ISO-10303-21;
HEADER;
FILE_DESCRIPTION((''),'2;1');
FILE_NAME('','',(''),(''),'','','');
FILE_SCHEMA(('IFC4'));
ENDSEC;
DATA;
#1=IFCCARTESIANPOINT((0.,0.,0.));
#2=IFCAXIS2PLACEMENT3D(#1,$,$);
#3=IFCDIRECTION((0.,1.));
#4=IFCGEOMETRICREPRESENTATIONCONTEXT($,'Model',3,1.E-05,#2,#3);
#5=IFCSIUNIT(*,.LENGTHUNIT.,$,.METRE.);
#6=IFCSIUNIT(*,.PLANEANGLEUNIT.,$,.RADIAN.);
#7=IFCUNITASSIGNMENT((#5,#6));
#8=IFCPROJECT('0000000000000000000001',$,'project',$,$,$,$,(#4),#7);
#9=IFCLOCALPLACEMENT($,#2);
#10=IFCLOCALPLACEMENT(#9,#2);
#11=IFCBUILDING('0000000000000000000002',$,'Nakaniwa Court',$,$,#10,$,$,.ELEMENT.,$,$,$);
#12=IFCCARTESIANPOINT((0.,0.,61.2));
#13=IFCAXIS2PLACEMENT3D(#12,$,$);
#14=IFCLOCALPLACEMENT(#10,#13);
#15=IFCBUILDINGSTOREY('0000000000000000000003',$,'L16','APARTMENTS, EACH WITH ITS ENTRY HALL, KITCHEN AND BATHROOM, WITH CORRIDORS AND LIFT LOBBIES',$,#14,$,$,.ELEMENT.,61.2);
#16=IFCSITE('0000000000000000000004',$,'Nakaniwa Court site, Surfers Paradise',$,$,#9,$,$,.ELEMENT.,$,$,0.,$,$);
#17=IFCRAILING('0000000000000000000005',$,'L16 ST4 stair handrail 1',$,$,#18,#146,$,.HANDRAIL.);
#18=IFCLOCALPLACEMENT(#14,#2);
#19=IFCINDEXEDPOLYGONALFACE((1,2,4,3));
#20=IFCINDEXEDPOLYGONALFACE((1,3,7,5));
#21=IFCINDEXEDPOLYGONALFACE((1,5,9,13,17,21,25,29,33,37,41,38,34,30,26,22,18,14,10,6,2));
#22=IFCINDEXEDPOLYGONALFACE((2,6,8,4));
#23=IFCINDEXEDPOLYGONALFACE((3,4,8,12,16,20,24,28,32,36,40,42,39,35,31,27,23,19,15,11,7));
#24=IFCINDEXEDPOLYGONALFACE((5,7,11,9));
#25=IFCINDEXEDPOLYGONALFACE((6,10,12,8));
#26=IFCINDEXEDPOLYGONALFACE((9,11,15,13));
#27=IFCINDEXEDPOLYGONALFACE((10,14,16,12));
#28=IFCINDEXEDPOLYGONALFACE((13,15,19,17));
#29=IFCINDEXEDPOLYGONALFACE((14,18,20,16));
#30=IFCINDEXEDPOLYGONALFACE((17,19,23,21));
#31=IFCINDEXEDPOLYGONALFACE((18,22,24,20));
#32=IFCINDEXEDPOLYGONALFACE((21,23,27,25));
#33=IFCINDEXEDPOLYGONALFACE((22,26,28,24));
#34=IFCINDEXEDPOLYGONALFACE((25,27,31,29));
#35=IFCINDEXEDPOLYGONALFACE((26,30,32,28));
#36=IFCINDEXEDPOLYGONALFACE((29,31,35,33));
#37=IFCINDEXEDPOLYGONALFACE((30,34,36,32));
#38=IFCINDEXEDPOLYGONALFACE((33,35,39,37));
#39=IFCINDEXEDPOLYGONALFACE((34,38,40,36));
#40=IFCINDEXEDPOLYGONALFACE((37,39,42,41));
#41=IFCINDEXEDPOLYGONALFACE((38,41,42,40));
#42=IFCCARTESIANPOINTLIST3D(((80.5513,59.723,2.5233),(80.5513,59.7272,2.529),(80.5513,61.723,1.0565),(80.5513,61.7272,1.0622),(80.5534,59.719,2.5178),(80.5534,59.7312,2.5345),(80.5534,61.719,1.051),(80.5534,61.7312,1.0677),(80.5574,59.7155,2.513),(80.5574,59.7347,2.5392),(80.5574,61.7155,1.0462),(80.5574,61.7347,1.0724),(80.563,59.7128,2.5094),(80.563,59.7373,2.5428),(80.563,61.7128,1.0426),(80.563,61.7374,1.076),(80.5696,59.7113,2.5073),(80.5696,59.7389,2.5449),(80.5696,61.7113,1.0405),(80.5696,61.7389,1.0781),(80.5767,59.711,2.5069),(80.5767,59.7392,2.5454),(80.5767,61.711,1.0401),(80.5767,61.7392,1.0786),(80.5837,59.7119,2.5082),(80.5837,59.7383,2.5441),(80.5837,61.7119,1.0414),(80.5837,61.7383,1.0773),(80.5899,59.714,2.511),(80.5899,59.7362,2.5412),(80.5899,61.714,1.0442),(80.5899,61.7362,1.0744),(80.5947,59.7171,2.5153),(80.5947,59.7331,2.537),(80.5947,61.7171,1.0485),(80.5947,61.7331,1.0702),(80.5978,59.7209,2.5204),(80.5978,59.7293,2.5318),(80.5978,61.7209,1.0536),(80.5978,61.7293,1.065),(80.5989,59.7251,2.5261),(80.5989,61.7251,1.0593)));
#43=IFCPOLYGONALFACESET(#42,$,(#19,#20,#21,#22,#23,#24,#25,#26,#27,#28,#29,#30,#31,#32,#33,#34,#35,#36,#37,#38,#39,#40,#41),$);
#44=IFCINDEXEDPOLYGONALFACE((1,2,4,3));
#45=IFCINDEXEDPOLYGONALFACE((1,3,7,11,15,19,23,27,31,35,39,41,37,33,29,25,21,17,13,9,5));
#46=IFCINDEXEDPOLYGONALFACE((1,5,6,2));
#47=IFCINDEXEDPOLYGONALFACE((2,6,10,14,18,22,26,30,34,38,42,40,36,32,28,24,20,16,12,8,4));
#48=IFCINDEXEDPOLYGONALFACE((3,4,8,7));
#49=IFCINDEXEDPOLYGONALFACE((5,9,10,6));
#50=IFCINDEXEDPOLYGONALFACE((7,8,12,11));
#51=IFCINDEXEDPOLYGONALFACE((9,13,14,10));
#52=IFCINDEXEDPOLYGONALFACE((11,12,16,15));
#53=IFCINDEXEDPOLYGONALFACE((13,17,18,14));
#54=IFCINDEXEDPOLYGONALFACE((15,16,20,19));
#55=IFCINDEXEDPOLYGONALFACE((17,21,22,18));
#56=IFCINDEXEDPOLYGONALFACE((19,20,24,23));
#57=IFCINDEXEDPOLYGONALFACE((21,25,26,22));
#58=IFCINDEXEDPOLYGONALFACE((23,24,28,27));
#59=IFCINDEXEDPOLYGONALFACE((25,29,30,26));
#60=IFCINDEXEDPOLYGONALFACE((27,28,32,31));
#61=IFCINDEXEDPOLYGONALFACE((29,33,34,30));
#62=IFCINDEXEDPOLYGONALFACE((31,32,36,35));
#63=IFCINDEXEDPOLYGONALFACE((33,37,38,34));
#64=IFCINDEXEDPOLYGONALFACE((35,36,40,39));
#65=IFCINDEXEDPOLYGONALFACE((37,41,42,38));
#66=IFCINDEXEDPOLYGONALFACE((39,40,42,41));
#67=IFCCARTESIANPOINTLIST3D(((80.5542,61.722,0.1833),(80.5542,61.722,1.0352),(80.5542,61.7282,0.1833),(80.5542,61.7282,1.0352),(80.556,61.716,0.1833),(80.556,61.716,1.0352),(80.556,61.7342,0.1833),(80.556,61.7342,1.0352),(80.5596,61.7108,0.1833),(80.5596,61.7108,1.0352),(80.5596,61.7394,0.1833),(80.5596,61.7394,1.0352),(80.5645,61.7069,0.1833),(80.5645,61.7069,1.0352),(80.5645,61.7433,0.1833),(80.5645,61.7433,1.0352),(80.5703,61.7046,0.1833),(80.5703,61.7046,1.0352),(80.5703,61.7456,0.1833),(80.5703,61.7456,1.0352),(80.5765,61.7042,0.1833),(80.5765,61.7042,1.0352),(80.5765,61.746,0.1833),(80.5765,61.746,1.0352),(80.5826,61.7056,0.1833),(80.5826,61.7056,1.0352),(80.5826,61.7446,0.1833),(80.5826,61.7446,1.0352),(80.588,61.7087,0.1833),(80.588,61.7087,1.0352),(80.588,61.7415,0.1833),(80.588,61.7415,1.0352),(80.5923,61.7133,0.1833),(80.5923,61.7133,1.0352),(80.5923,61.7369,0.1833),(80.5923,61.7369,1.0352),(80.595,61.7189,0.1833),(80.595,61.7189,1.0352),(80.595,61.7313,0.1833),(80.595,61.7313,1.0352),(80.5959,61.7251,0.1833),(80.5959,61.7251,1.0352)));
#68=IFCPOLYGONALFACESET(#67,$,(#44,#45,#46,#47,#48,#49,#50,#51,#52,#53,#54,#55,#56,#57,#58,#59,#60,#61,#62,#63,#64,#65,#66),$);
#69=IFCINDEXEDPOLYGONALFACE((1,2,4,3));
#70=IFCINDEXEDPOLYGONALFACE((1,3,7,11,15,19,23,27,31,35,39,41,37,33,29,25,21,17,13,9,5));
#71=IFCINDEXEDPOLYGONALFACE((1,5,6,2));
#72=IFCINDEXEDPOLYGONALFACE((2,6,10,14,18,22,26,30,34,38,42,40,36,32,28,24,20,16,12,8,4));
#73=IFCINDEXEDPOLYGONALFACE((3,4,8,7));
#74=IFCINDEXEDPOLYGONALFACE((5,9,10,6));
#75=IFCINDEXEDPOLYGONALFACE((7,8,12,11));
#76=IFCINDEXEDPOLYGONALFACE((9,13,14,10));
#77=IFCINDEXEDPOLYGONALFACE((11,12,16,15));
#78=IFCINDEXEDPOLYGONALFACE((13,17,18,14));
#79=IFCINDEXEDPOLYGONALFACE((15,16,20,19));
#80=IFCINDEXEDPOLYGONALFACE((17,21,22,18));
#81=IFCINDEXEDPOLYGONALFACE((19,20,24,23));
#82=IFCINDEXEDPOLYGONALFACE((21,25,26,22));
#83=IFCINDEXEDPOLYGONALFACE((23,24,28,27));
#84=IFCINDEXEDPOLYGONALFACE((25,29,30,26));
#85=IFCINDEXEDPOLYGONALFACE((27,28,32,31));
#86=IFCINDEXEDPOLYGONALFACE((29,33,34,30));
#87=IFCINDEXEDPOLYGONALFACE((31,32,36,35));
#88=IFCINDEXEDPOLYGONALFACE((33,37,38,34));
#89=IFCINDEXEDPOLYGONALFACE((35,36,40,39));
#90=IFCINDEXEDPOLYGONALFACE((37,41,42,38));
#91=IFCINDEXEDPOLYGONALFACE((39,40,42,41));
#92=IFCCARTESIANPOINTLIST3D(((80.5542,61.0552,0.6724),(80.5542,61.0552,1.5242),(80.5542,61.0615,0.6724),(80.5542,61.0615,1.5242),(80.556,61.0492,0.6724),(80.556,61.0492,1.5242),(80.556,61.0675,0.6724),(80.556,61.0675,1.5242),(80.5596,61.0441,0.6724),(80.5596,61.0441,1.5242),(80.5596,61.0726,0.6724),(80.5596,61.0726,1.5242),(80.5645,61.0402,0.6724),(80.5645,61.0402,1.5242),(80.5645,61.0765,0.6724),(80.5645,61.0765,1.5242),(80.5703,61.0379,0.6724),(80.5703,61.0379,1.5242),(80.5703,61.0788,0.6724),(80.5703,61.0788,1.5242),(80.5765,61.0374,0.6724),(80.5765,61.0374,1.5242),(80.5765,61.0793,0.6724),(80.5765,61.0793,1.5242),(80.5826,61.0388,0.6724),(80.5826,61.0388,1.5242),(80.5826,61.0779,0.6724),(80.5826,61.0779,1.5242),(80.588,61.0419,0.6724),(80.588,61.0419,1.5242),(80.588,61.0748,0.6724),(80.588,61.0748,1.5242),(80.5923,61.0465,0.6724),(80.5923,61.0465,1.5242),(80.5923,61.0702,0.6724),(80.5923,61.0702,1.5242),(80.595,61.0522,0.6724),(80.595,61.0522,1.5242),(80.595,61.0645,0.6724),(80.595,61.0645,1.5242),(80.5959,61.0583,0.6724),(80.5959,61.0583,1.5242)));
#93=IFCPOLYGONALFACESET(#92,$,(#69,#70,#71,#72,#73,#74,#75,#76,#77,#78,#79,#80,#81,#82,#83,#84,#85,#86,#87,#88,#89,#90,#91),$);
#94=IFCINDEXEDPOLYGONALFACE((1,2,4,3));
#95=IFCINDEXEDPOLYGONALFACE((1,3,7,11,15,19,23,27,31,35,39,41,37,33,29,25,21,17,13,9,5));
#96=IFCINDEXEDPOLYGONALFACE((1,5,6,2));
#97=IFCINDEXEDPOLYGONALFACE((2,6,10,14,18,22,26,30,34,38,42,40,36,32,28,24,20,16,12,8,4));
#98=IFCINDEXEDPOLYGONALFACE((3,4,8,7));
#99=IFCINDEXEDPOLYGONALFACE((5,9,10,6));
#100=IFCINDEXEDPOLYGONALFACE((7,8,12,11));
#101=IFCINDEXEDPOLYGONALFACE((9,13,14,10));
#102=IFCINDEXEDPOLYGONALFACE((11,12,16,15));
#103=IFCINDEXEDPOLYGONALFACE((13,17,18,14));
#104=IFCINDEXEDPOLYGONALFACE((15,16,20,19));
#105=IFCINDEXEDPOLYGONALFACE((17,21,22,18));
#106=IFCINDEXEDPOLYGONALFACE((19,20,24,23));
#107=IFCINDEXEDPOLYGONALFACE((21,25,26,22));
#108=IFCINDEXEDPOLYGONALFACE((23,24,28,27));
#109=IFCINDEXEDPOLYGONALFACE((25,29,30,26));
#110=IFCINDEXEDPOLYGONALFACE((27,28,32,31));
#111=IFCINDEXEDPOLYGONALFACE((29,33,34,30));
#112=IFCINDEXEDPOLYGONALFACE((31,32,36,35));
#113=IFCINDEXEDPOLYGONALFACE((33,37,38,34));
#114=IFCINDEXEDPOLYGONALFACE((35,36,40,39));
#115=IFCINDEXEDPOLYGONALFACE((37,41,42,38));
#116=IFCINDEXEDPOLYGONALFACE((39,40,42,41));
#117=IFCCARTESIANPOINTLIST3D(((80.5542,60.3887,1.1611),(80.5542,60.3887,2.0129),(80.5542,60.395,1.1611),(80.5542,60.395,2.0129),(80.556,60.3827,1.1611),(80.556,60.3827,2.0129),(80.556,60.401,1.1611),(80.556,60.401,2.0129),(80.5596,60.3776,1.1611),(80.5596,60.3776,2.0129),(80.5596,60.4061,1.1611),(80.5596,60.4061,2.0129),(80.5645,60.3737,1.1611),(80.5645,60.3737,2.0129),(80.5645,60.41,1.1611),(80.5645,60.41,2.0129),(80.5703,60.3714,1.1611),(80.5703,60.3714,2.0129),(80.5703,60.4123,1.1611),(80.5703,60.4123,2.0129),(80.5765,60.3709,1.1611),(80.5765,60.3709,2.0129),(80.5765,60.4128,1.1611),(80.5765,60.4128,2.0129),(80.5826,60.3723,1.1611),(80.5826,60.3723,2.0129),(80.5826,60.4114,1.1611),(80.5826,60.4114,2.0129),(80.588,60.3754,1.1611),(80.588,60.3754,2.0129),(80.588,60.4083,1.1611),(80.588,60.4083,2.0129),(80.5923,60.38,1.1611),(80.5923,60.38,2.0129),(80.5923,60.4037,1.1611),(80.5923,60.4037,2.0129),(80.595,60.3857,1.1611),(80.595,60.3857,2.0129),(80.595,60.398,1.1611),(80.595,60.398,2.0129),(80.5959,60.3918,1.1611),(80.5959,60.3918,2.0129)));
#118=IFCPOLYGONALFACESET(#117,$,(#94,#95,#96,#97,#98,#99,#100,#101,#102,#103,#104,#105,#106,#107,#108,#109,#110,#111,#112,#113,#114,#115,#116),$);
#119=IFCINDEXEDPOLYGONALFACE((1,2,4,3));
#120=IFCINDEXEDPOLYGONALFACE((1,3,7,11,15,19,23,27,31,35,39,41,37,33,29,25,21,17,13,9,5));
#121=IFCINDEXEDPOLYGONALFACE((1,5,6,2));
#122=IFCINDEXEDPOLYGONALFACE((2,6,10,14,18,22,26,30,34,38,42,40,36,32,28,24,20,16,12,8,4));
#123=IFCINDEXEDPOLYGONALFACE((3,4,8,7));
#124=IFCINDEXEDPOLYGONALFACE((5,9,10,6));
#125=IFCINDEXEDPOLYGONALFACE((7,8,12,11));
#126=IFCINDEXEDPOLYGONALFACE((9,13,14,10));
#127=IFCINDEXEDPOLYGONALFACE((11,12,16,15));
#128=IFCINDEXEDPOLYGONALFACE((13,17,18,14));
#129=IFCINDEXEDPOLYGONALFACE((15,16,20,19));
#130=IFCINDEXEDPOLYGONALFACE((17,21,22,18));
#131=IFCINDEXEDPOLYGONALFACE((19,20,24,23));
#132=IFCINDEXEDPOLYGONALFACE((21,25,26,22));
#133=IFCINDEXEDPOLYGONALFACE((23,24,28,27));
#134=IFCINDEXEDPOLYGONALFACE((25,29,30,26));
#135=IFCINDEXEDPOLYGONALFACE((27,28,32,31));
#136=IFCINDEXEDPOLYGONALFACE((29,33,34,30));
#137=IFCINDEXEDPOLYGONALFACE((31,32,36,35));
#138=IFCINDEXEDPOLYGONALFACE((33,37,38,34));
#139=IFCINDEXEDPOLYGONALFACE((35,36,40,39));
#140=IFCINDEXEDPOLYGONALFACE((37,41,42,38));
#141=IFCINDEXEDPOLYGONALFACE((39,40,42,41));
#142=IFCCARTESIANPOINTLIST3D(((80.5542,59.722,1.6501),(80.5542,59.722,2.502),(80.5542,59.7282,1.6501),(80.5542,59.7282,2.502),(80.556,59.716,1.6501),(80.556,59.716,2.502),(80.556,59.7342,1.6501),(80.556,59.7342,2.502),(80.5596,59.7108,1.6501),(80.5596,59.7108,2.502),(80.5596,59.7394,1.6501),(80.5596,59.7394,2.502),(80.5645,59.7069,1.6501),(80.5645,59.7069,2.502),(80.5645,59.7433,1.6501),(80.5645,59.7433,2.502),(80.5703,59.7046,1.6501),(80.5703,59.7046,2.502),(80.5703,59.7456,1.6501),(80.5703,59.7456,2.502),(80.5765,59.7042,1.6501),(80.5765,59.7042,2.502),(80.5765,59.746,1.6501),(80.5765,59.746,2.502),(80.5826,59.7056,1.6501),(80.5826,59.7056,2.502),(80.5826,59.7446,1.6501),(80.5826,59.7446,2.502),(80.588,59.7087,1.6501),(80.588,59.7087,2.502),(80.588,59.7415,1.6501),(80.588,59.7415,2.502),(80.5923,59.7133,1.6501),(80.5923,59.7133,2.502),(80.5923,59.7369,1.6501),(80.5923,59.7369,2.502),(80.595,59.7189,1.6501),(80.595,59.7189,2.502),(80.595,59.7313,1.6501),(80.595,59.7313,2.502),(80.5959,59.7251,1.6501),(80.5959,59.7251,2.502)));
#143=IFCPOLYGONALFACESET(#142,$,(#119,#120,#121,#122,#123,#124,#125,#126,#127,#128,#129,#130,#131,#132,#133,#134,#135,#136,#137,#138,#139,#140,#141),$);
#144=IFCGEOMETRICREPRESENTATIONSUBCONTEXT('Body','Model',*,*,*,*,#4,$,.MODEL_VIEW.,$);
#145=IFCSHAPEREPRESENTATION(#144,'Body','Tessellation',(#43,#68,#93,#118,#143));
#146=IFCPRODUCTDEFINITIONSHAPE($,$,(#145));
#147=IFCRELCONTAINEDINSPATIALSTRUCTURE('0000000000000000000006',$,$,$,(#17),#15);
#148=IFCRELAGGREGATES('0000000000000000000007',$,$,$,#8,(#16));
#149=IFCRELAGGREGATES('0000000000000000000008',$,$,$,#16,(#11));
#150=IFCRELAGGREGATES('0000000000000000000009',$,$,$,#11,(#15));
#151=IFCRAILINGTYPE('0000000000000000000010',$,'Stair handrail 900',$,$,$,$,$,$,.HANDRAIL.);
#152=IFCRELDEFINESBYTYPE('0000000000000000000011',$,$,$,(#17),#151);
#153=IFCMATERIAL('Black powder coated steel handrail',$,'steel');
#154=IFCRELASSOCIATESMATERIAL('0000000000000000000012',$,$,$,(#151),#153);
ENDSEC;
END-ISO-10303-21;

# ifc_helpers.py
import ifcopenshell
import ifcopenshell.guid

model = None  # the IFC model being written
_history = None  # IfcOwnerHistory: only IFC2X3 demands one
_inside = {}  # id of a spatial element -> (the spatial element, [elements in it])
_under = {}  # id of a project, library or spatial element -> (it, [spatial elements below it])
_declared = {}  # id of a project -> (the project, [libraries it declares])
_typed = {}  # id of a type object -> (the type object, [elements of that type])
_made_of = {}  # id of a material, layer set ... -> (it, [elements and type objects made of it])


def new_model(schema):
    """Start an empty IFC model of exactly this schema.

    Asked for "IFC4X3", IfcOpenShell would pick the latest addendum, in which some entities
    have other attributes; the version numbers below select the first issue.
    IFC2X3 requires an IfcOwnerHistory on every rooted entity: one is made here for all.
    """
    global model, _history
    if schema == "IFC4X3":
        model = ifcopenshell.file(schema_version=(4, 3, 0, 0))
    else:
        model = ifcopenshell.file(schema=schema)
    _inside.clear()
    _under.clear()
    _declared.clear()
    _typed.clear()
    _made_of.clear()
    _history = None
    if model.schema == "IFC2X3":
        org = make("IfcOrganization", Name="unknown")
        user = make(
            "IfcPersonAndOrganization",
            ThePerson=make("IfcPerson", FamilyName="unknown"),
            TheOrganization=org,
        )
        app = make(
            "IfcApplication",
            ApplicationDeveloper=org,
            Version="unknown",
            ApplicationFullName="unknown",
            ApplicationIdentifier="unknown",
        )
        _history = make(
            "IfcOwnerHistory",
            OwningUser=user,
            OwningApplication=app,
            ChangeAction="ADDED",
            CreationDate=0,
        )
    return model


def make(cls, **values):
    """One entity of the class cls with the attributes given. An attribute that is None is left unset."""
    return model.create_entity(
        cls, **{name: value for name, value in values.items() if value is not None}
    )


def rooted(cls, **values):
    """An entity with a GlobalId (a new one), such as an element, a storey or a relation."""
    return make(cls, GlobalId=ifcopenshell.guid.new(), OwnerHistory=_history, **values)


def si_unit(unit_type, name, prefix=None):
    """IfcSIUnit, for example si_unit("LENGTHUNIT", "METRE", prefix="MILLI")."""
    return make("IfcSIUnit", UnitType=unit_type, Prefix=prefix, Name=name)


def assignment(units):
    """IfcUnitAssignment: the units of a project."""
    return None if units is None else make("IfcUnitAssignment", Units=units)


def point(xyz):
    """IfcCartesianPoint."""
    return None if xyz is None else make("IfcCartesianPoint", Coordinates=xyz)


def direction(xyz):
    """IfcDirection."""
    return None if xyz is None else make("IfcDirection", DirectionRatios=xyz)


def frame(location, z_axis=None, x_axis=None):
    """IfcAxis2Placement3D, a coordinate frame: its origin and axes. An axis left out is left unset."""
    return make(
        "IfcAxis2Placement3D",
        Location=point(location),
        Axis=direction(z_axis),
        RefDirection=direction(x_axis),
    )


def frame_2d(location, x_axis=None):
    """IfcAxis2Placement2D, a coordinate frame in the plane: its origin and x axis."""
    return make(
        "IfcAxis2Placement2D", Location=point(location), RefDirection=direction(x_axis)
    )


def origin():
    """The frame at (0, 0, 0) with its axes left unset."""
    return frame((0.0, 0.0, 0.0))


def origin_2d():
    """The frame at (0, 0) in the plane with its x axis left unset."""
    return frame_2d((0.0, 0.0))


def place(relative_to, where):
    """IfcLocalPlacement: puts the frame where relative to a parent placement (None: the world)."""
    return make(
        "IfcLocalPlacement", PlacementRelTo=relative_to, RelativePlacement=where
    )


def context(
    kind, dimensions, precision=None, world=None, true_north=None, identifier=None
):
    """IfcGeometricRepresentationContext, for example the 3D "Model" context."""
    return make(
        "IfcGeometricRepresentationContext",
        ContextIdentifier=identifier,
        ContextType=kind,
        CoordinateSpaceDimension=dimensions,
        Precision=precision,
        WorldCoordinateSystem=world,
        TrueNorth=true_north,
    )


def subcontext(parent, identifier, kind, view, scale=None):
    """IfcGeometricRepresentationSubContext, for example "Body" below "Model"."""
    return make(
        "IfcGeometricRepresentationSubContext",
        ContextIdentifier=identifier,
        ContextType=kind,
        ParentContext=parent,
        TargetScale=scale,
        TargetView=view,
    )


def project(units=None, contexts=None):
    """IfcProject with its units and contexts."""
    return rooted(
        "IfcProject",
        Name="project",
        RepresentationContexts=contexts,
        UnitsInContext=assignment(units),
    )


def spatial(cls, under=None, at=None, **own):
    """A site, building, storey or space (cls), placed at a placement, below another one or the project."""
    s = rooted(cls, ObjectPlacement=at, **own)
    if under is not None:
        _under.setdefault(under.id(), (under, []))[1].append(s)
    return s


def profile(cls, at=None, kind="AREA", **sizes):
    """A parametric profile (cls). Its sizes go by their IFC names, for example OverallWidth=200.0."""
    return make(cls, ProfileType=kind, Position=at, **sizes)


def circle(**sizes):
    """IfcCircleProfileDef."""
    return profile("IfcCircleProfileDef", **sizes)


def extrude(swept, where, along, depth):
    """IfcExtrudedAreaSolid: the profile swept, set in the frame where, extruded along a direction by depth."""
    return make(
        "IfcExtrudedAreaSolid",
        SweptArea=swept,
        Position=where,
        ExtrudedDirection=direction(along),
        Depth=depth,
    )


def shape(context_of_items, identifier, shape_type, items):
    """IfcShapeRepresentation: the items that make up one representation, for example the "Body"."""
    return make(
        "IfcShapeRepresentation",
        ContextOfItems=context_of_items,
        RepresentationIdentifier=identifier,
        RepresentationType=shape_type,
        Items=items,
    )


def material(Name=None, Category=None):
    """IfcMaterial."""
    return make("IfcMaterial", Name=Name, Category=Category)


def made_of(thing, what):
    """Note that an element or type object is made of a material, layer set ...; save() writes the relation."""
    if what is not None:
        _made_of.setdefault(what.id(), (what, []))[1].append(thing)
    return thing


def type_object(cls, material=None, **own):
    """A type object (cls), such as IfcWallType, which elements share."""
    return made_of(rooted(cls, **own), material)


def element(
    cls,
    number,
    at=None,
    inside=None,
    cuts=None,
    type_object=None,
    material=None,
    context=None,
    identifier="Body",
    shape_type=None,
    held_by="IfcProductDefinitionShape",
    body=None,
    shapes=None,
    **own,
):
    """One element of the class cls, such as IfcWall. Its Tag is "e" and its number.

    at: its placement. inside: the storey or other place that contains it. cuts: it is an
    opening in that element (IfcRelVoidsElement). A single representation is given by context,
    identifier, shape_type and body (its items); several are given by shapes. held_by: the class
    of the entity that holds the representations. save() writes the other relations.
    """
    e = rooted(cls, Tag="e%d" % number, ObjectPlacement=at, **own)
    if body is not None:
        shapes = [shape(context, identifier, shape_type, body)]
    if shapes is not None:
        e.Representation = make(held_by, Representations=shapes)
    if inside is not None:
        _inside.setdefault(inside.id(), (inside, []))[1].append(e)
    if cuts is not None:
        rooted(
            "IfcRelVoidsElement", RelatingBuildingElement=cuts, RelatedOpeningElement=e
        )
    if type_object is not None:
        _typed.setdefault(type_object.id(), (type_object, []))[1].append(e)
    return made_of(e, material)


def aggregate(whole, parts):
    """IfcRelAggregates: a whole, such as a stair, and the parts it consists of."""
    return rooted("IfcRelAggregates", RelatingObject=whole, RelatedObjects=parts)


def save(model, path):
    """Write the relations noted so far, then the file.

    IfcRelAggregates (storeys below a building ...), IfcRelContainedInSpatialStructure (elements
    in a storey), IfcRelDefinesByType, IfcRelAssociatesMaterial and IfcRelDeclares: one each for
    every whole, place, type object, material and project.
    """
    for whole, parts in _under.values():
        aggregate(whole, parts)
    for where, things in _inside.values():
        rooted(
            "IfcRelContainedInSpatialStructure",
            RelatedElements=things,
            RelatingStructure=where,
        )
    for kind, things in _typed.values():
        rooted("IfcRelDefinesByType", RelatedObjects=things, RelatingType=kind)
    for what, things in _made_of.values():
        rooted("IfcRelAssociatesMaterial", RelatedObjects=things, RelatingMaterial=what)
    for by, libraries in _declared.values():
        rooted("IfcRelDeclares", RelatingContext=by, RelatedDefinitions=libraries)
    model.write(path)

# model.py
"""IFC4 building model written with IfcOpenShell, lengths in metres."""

from ifc_helpers import new_model, si_unit, direction, frame, origin, origin_2d, place, context, subcontext, project, spatial, circle, extrude, material, type_object, element, save


model = new_model("IFC4")

# Units and contexts
model_context = context("Model", 3, precision=1e-05, world=origin(), true_north=direction((0.0, 1.0)))
body_context = subcontext(model_context, "Body", "Model", "MODEL_VIEW")
ifc_project = project(units=[si_unit("LENGTHUNIT", "METRE"), si_unit("PLANEANGLEUNIT", "RADIAN")], contexts=[model_context])

# Site, building, storey
site_placement = place(None, origin())
site = spatial("IfcSite", under=ifc_project, at=site_placement, Name="Nakaniwa Court site, Surfers Paradise", CompositionType="ELEMENT", RefElevation=0.0)
building_placement = place(site_placement, origin())
building = spatial("IfcBuilding", under=site, at=building_placement, Name="Nakaniwa Court", CompositionType="ELEMENT")
storey_placement = place(building_placement, frame((0.0, 0.0, 61.2)))
storey = spatial("IfcBuildingStorey", under=building, at=storey_placement, Name="L16", Description="APARTMENTS, EACH WITH ITS ENTRY HALL, KITCHEN AND BATHROOM, WITH CORRIDORS AND LIFT LOBBIES", CompositionType="ELEMENT", Elevation=61.2)

# Railing
ifc_material_1 = material(Name="Black powder coated steel handrail", Category="steel")
railing_type_1 = type_object("IfcRailingType", Name="Stair handrail 900", PredefinedType="HANDRAIL", material=ifc_material_1)
railing_1_placement = place(storey_placement, frame((80.575, 61.7251, 0.1833)))
element("IfcRailing", 1, at=railing_1_placement, inside=storey, type_object=railing_type_1, Name="L16 ST4 stair handrail 1", PredefinedType="HANDRAIL", context=body_context, shape_type="SweptSolid", body=[
    extrude(circle(Radius=0.0239, at=origin_2d()), frame((0.0, 0.0, 0.876), z_axis=(0.0, -0.80638, 0.591398), x_axis=(1.0, 0.0, 0.0)), (0.0, 0.0, 1.0), 2.4802),
    extrude(circle(Radius=0.021, at=origin_2d()), origin(), (0.0, 0.0, 1.0), 0.8518),
    extrude(circle(Radius=0.021, at=origin_2d()), frame((0.0, -0.6667, 0.489)), (0.0, 0.0, 1.0), 0.8518),
    extrude(circle(Radius=0.021, at=origin_2d()), frame((0.0, -1.3333, 0.9778)), (0.0, 0.0, 1.0), 0.8518),
    extrude(circle(Radius=0.021, at=origin_2d()), frame((0.0, -2.0, 1.4668)), (0.0, 0.0, 1.0), 0.8518),
])

save(model, "model.ifc")
